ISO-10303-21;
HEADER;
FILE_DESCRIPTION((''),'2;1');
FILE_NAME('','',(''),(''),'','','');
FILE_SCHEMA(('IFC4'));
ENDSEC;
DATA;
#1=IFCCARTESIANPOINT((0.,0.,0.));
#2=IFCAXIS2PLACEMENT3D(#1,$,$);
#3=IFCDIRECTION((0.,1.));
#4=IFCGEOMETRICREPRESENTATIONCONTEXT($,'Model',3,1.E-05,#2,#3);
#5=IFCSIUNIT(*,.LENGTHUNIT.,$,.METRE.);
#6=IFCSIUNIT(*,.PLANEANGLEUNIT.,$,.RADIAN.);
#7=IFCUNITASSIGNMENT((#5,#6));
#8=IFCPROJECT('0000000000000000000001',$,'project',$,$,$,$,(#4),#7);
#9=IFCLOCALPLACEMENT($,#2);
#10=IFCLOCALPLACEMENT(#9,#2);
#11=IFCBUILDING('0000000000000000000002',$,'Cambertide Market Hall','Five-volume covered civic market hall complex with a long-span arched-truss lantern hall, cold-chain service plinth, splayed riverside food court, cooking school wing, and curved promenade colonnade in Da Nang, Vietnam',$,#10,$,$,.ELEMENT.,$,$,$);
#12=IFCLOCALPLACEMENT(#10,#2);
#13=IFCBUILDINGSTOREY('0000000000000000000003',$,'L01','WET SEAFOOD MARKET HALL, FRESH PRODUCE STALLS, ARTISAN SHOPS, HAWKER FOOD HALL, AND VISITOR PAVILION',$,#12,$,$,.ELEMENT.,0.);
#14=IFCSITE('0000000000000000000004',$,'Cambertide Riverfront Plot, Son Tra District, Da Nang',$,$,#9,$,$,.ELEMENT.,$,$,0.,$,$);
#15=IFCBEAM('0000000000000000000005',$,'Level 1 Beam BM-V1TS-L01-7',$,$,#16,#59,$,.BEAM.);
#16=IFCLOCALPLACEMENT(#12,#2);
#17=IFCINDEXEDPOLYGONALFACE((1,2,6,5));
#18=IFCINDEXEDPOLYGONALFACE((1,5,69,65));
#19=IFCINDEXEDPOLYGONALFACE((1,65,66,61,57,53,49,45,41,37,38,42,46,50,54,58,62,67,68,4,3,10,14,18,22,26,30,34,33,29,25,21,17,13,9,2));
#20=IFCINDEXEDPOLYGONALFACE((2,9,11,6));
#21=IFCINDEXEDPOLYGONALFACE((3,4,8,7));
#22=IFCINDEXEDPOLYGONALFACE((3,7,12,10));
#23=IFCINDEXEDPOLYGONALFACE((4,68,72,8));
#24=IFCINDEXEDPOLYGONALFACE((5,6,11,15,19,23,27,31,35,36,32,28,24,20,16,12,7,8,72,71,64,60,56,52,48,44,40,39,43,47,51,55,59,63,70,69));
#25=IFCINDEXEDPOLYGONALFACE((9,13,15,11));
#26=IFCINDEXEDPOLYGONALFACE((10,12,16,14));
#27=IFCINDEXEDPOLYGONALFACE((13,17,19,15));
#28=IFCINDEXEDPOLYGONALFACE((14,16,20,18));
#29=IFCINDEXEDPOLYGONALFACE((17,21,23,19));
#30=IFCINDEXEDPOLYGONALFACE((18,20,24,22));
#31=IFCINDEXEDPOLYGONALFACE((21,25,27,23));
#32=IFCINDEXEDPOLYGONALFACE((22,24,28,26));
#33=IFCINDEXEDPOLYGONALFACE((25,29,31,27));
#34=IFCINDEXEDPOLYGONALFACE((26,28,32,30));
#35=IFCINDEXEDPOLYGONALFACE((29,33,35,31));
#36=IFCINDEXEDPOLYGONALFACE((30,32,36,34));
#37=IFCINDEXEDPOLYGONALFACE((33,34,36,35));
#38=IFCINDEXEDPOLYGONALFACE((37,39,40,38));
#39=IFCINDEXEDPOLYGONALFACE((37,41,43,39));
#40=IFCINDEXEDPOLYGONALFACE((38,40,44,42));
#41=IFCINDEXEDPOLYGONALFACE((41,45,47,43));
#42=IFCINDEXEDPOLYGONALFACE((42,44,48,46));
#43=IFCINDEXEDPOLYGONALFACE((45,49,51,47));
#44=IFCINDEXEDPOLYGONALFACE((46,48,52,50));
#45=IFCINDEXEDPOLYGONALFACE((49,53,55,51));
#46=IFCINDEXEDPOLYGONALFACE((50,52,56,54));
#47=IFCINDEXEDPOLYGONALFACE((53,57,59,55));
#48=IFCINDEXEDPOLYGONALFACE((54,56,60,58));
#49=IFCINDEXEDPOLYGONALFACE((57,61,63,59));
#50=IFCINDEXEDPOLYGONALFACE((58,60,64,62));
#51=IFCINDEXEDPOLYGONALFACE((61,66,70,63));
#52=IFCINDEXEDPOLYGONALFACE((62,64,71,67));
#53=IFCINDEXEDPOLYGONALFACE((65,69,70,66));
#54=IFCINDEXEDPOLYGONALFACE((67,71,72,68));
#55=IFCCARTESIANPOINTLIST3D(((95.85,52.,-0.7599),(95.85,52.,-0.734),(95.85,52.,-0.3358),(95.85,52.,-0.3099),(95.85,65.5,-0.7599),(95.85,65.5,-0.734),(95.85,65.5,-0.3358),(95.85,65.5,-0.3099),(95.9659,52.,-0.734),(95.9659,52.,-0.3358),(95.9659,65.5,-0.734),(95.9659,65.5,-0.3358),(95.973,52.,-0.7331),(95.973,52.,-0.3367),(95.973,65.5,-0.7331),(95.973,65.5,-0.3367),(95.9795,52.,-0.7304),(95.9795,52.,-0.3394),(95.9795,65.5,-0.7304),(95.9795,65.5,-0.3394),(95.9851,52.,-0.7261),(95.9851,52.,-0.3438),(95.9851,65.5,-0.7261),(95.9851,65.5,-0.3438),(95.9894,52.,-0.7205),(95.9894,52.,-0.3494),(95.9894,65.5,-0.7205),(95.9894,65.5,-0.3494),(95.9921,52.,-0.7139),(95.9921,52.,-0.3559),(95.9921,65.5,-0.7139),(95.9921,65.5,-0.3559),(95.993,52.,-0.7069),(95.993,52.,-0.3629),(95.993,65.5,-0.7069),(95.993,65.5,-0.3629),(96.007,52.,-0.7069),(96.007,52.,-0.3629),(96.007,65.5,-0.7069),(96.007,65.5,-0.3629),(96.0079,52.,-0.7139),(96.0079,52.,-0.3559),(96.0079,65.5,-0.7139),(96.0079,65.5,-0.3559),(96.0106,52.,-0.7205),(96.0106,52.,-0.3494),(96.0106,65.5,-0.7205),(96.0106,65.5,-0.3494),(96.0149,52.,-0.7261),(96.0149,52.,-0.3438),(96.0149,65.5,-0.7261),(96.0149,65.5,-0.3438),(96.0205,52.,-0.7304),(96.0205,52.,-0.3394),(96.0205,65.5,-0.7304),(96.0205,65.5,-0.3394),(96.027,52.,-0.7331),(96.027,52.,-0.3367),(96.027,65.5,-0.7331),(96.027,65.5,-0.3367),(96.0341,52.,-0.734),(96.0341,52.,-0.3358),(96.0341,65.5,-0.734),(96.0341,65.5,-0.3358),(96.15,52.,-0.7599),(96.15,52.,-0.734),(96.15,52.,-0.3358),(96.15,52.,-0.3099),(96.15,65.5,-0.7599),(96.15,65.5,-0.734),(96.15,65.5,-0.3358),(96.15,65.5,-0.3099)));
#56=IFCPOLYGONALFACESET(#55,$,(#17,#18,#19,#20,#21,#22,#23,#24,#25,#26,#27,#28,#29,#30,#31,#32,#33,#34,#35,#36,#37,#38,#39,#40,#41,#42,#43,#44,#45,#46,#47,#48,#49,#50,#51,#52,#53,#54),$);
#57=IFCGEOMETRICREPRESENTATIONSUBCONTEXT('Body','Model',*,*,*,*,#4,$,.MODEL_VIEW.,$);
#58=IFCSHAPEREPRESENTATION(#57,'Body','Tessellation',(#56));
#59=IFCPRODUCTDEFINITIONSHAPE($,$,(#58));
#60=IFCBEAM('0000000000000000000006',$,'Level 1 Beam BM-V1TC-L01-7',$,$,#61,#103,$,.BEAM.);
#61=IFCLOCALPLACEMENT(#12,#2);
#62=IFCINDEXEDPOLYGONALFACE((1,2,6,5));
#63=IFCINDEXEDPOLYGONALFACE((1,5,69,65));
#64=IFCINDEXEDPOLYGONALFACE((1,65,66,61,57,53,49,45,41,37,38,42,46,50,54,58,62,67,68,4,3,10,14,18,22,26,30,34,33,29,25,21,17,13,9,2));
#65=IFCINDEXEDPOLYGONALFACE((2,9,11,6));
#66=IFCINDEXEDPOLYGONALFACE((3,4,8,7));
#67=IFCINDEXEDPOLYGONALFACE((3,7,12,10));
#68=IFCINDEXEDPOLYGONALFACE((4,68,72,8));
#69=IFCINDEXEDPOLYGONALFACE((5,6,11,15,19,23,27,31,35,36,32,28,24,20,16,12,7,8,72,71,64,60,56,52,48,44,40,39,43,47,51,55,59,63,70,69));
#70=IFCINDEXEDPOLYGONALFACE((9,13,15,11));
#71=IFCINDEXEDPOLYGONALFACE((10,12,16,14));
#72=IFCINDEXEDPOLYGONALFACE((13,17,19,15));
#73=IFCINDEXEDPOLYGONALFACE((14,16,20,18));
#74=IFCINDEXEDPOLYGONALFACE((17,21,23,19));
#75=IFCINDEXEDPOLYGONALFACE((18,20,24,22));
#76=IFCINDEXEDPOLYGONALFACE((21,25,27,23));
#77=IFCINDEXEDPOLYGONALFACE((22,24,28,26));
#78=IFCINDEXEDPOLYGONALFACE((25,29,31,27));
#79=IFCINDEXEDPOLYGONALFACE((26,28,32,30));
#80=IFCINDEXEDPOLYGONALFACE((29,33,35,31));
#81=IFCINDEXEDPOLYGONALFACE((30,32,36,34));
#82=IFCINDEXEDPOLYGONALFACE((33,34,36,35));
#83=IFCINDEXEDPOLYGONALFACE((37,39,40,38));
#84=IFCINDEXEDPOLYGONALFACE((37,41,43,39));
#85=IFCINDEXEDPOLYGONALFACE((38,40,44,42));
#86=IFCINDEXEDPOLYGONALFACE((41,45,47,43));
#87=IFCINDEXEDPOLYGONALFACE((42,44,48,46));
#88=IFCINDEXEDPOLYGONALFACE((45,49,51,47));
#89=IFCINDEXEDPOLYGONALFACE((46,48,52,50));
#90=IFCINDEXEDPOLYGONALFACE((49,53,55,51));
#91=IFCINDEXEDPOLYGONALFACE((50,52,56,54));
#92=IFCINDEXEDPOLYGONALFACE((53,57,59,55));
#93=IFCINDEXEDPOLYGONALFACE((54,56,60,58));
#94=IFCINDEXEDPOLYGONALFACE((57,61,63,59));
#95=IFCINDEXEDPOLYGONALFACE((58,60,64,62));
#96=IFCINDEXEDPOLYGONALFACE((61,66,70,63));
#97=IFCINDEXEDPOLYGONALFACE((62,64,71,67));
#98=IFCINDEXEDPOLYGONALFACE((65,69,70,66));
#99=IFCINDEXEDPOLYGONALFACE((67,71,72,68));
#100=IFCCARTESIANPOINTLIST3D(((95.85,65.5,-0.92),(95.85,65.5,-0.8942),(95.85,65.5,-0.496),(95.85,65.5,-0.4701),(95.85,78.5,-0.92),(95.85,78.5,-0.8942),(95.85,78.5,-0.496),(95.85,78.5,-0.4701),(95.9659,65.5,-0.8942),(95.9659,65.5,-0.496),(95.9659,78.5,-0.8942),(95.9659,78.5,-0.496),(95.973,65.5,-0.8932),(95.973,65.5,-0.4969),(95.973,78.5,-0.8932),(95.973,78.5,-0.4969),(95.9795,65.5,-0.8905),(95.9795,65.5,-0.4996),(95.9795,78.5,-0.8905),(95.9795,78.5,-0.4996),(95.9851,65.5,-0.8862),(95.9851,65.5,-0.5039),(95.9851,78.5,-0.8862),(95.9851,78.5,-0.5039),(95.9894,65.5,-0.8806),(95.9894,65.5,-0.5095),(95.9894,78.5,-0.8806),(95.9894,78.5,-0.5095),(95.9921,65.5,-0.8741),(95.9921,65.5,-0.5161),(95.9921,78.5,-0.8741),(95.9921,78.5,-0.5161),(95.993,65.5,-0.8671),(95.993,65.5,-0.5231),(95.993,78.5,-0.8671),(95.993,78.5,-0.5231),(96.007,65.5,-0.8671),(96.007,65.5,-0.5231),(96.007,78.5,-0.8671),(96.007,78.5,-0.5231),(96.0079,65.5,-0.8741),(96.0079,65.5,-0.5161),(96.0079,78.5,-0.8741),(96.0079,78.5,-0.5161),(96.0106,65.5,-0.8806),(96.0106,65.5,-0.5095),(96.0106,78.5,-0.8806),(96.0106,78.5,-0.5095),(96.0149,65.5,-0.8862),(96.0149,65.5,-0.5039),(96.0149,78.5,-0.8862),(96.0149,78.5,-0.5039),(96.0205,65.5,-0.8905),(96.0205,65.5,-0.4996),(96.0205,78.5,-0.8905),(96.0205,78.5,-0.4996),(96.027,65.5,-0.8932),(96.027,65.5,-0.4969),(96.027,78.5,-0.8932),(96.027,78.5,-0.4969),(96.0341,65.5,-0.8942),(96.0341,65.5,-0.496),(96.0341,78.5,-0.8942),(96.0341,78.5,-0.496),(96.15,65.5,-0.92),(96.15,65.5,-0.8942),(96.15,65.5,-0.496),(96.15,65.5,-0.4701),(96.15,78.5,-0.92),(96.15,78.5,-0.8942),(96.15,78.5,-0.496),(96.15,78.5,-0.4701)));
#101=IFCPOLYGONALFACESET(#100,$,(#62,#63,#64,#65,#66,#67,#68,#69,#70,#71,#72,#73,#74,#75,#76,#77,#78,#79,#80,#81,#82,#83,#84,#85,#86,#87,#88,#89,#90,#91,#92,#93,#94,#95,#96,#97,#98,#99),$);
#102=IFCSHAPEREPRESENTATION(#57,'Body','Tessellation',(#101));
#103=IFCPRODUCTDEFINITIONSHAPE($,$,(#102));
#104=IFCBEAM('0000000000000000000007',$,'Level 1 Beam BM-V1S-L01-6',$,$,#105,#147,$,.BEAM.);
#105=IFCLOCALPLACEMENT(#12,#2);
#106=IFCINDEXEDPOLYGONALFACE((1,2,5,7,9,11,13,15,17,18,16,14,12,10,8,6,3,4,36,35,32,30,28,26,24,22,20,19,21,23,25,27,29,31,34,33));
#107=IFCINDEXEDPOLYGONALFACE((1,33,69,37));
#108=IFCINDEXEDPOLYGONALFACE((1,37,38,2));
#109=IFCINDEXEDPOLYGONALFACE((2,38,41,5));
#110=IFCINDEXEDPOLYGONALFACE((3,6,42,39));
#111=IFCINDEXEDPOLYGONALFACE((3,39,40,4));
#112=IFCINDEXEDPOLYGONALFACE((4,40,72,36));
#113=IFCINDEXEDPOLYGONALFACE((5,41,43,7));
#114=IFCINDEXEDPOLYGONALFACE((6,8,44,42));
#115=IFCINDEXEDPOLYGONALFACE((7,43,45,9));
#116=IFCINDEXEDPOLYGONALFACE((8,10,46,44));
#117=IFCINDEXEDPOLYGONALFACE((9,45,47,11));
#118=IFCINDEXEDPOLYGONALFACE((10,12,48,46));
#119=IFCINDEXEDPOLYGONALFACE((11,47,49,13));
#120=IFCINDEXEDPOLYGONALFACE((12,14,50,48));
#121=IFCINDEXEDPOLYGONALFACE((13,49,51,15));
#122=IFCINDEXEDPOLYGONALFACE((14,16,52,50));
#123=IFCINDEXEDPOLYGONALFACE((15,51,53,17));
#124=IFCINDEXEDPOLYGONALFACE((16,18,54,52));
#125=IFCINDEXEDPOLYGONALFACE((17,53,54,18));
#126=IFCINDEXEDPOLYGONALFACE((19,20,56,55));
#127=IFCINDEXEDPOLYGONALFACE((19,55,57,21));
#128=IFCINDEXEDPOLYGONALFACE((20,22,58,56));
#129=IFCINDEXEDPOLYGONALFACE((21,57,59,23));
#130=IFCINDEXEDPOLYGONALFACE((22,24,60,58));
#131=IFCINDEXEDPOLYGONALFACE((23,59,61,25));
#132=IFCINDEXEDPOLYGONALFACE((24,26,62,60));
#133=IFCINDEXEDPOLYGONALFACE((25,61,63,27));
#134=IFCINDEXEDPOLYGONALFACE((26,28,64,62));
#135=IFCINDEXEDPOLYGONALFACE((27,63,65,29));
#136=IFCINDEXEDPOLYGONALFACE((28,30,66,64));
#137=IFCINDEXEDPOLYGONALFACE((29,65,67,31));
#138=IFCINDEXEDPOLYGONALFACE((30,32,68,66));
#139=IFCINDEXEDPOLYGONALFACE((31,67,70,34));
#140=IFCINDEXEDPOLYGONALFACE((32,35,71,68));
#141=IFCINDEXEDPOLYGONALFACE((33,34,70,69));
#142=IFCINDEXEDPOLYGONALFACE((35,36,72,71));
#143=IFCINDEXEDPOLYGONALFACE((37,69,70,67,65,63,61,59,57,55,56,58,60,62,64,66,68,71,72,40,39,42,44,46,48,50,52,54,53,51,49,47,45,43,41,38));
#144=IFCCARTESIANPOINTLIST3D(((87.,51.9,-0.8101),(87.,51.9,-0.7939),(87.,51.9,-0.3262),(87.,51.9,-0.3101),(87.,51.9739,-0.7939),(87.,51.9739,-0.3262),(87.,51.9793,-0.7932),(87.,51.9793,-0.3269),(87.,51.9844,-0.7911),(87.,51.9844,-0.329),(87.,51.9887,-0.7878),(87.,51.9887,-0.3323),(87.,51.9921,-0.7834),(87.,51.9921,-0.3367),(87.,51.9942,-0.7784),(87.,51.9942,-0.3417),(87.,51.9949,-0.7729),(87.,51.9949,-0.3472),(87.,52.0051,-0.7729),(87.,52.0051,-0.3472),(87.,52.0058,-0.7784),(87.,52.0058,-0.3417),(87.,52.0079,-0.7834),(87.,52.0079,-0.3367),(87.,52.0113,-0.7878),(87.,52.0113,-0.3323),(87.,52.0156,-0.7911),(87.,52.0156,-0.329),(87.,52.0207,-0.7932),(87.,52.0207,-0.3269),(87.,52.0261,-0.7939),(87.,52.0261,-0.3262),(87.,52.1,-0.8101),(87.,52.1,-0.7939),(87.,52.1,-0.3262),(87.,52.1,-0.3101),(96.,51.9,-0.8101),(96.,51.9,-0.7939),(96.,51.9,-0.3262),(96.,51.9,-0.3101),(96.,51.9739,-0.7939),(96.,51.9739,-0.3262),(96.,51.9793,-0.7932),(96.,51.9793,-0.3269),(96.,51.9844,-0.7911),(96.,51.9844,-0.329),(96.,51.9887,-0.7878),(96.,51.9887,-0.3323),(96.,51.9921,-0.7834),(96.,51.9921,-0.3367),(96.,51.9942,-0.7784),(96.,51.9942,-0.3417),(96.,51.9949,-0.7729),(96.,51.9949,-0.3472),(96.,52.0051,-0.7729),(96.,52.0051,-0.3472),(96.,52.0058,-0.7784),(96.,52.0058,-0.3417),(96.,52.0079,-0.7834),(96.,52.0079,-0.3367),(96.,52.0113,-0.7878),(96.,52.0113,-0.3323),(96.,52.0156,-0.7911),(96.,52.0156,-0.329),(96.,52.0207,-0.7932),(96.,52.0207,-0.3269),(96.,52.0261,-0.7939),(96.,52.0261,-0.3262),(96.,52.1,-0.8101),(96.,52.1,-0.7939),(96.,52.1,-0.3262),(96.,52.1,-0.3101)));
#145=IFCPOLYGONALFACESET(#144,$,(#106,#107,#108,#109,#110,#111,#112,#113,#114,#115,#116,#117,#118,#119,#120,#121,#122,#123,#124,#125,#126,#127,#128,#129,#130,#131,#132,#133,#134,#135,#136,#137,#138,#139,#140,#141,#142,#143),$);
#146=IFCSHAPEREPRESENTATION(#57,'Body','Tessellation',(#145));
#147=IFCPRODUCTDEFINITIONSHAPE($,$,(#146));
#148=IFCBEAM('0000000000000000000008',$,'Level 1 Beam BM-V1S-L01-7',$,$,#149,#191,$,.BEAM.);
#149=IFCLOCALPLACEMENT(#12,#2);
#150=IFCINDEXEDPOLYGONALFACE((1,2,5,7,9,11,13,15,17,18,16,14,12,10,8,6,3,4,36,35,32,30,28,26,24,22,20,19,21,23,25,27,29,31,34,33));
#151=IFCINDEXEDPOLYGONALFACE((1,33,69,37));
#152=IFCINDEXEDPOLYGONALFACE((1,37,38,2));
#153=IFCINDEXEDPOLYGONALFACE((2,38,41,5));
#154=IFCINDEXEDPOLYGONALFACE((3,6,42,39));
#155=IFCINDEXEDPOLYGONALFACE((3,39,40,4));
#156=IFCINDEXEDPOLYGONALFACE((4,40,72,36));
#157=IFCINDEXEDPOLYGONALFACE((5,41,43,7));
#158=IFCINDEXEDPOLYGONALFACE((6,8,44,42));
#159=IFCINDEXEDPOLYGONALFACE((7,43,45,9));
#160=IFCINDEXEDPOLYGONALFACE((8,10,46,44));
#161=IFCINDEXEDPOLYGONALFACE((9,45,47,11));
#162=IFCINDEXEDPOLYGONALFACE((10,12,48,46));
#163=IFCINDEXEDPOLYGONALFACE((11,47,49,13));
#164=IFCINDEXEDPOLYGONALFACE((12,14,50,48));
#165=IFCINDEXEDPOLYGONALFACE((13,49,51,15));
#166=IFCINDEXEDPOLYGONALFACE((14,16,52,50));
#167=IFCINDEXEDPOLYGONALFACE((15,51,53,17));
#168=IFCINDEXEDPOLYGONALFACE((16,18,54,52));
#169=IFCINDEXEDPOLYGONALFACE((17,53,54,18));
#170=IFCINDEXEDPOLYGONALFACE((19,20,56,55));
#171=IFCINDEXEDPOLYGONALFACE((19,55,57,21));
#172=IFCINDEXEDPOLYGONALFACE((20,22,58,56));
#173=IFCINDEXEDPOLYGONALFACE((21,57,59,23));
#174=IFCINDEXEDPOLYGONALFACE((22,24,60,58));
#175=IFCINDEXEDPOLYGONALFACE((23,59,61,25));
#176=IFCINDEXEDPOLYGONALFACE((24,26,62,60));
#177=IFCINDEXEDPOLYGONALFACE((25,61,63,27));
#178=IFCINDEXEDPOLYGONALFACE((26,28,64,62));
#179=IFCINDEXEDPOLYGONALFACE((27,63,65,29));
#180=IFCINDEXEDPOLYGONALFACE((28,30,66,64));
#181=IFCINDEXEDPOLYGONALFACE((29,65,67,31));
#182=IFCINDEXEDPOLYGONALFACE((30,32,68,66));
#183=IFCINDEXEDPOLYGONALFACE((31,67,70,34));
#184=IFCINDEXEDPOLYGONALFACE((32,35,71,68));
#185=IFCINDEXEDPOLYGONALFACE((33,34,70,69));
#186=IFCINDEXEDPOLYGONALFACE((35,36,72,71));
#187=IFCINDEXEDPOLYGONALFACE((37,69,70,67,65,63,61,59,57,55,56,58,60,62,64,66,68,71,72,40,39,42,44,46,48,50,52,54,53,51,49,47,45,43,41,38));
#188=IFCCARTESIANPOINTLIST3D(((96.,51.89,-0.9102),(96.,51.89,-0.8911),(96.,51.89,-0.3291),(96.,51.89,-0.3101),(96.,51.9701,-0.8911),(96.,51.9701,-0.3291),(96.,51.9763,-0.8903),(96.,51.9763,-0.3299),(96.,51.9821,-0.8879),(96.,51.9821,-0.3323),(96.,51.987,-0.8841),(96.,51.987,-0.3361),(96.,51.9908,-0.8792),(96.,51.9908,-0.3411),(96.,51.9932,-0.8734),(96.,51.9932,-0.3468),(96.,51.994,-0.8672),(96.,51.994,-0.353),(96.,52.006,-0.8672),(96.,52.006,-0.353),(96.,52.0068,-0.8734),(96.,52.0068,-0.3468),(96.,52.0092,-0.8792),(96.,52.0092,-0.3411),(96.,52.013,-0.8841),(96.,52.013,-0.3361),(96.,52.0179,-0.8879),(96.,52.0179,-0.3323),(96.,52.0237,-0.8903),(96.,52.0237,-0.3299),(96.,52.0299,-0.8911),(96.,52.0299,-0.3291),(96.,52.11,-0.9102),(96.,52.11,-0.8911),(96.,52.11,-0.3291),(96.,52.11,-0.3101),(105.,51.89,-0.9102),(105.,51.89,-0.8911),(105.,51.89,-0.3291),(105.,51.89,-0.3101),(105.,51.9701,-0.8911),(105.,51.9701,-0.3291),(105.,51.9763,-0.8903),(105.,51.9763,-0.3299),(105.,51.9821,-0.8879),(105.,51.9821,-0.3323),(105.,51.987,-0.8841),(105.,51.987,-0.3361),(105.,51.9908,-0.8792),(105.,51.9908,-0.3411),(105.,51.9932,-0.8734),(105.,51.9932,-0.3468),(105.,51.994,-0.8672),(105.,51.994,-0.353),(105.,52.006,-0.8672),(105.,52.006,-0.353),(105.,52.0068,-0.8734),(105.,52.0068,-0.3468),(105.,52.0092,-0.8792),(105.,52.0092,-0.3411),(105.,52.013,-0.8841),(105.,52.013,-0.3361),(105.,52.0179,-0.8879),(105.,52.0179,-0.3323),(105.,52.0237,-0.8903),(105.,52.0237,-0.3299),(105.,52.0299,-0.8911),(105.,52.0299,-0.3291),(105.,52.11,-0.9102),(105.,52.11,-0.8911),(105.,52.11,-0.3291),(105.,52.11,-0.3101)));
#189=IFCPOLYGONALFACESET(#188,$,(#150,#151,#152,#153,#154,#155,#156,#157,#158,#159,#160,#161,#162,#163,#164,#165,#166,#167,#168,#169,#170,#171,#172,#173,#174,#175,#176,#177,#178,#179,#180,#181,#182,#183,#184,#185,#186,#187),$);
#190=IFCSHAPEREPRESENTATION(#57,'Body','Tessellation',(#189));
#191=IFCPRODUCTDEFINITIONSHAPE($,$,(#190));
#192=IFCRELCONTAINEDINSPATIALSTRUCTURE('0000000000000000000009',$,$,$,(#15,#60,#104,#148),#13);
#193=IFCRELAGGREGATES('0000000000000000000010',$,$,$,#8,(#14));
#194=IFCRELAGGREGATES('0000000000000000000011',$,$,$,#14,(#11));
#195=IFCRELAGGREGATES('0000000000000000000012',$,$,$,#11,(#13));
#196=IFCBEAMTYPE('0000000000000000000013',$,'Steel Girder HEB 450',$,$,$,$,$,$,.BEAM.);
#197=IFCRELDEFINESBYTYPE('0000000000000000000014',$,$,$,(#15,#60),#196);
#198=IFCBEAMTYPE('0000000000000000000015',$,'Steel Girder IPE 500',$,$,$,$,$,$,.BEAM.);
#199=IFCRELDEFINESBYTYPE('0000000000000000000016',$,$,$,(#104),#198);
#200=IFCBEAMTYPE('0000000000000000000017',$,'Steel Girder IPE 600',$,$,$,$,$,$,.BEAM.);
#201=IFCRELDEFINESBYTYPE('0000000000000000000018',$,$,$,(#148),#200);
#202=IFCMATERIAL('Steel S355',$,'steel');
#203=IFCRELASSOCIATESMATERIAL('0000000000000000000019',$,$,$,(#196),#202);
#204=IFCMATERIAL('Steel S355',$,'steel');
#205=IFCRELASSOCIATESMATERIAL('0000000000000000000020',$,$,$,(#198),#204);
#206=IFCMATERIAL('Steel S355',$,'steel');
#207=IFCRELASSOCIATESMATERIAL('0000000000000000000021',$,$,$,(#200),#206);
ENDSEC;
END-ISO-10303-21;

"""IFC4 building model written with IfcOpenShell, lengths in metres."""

from ifc_helpers import new_model, si_unit, direction, frame, origin, origin_2d, place, context, subcontext, project, spatial, i_section, extrude, material, material_profile, profile_set, type_object, element, save


model = new_model("IFC4")

# Units and contexts
model_context = context("Model", 3, precision=1e-05, world=origin(), true_north=direction((0.0, 1.0)))
body_context = subcontext(model_context, "Body", "Model", "MODEL_VIEW")
ifc_project = project(units=[si_unit("LENGTHUNIT", "METRE"), si_unit("PLANEANGLEUNIT", "RADIAN")], contexts=[model_context])

# Site, building, storey
site_placement = place(None, origin())
site = spatial("IfcSite", under=ifc_project, at=site_placement, Name="Cambertide Riverfront Plot, Son Tra District, Da Nang", CompositionType="ELEMENT", RefElevation=0.0)
building_placement = place(site_placement, origin())
building = spatial("IfcBuilding", under=site, at=building_placement, Name="Cambertide Market Hall", Description="Five-volume covered civic market hall complex with a long-span arched-truss lantern hall, cold-chain service plinth, splayed riverside food court, cooking school wing, and curved promenade colonnade in Da Nang, Vietnam", CompositionType="ELEMENT")
storey_placement = place(building_placement, origin())
storey = spatial("IfcBuildingStorey", under=building, at=storey_placement, Name="L01", Description="WET SEAFOOD MARKET HALL, FRESH PRODUCE STALLS, ARTISAN SHOPS, HAWKER FOOD HALL, AND VISITOR PAVILION", CompositionType="ELEMENT", Elevation=0.0)

# Beams
ifc_material_1 = material(Name="Steel S355", Category="steel")
ifc_material_profile_1 = material_profile(ifc_material_1, i_section(OverallWidth=0.3, OverallDepth=0.45, WebThickness=0.0139, FlangeThickness=0.0259, FilletRadius=0.0271, at=origin_2d()), Name="HEB 450")
ifc_profile_set_1 = profile_set([ifc_material_profile_1], Name="Steel S355")
beam_type_1 = type_object("IfcBeamType", Name="Steel Girder HEB 450", PredefinedType="BEAM", material=ifc_profile_set_1)
beam_1_placement = place(storey_placement, frame((96.0, 52.0, -0.5349), z_axis=(0.0, 1.0, 0.0), x_axis=(-1.0, 0.0, 0.0)))
element("IfcBeam", 1, at=beam_1_placement, inside=storey, type_object=beam_type_1, Name="Level 1 Beam BM-V1TS-L01-7", PredefinedType="BEAM", context=body_context, shape_type="SweptSolid", body=[
    extrude(i_section(OverallWidth=0.3, OverallDepth=0.45, WebThickness=0.0139, FlangeThickness=0.0259, FilletRadius=0.0271, at=origin_2d()), origin(), (0.0, 0.0, 1.0), 13.5),
])
beam_2_placement = place(storey_placement, frame((96.0, 65.5, -0.6951), z_axis=(0.0, 1.0, 0.0), x_axis=(-1.0, 0.0, 0.0)))
element("IfcBeam", 2, at=beam_2_placement, inside=storey, type_object=beam_type_1, Name="Level 1 Beam BM-V1TC-L01-7", PredefinedType="BEAM", context=body_context, shape_type="SweptSolid", body=[
    extrude(i_section(OverallWidth=0.3, OverallDepth=0.45, WebThickness=0.0139, FlangeThickness=0.0259, FilletRadius=0.0271, at=origin_2d()), origin(), (0.0, 0.0, 1.0), 13.0),
])
ifc_material_2 = material(Name="Steel S355", Category="steel")
ifc_material_profile_2 = material_profile(ifc_material_2, i_section(OverallWidth=0.2, OverallDepth=0.5, WebThickness=0.0103, FlangeThickness=0.0161, FilletRadius=0.021, at=origin_2d()), Name="IPE 500")
ifc_profile_set_2 = profile_set([ifc_material_profile_2], Name="Steel S355")
beam_type_2 = type_object("IfcBeamType", Name="Steel Girder IPE 500", PredefinedType="BEAM", material=ifc_profile_set_2)
beam_3_placement = place(storey_placement, frame((87.0, 52.0, -0.5601), z_axis=(1.0, 0.0, 0.0), x_axis=(0.0, 1.0, 0.0)))
element("IfcBeam", 3, at=beam_3_placement, inside=storey, type_object=beam_type_2, Name="Level 1 Beam BM-V1S-L01-6", PredefinedType="BEAM", context=body_context, shape_type="SweptSolid", body=[
    extrude(i_section(OverallWidth=0.2, OverallDepth=0.5, WebThickness=0.0103, FlangeThickness=0.0161, FilletRadius=0.021, at=origin_2d()), origin(), (0.0, 0.0, 1.0), 9.0),
])
ifc_material_3 = material(Name="Steel S355", Category="steel")
ifc_material_profile_3 = material_profile(ifc_material_3, i_section(OverallWidth=0.22, OverallDepth=0.6001, WebThickness=0.012, FlangeThickness=0.019, FilletRadius=0.0239, at=origin_2d()), Name="IPE 600")
ifc_profile_set_3 = profile_set([ifc_material_profile_3], Name="Steel S355")
beam_type_3 = type_object("IfcBeamType", Name="Steel Girder IPE 600", PredefinedType="BEAM", material=ifc_profile_set_3)
beam_4_placement = place(storey_placement, frame((96.0, 52.0, -0.6101), z_axis=(1.0, 0.0, 0.0), x_axis=(0.0, 1.0, 0.0)))
element("IfcBeam", 4, at=beam_4_placement, inside=storey, type_object=beam_type_3, Name="Level 1 Beam BM-V1S-L01-7", PredefinedType="BEAM", context=body_context, shape_type="SweptSolid", body=[
    extrude(i_section(OverallWidth=0.22, OverallDepth=0.6001, WebThickness=0.012, FlangeThickness=0.019, FilletRadius=0.0239, at=origin_2d()), origin(), (0.0, 0.0, 1.0), 9.0),
])

save(model, "model.ifc")
